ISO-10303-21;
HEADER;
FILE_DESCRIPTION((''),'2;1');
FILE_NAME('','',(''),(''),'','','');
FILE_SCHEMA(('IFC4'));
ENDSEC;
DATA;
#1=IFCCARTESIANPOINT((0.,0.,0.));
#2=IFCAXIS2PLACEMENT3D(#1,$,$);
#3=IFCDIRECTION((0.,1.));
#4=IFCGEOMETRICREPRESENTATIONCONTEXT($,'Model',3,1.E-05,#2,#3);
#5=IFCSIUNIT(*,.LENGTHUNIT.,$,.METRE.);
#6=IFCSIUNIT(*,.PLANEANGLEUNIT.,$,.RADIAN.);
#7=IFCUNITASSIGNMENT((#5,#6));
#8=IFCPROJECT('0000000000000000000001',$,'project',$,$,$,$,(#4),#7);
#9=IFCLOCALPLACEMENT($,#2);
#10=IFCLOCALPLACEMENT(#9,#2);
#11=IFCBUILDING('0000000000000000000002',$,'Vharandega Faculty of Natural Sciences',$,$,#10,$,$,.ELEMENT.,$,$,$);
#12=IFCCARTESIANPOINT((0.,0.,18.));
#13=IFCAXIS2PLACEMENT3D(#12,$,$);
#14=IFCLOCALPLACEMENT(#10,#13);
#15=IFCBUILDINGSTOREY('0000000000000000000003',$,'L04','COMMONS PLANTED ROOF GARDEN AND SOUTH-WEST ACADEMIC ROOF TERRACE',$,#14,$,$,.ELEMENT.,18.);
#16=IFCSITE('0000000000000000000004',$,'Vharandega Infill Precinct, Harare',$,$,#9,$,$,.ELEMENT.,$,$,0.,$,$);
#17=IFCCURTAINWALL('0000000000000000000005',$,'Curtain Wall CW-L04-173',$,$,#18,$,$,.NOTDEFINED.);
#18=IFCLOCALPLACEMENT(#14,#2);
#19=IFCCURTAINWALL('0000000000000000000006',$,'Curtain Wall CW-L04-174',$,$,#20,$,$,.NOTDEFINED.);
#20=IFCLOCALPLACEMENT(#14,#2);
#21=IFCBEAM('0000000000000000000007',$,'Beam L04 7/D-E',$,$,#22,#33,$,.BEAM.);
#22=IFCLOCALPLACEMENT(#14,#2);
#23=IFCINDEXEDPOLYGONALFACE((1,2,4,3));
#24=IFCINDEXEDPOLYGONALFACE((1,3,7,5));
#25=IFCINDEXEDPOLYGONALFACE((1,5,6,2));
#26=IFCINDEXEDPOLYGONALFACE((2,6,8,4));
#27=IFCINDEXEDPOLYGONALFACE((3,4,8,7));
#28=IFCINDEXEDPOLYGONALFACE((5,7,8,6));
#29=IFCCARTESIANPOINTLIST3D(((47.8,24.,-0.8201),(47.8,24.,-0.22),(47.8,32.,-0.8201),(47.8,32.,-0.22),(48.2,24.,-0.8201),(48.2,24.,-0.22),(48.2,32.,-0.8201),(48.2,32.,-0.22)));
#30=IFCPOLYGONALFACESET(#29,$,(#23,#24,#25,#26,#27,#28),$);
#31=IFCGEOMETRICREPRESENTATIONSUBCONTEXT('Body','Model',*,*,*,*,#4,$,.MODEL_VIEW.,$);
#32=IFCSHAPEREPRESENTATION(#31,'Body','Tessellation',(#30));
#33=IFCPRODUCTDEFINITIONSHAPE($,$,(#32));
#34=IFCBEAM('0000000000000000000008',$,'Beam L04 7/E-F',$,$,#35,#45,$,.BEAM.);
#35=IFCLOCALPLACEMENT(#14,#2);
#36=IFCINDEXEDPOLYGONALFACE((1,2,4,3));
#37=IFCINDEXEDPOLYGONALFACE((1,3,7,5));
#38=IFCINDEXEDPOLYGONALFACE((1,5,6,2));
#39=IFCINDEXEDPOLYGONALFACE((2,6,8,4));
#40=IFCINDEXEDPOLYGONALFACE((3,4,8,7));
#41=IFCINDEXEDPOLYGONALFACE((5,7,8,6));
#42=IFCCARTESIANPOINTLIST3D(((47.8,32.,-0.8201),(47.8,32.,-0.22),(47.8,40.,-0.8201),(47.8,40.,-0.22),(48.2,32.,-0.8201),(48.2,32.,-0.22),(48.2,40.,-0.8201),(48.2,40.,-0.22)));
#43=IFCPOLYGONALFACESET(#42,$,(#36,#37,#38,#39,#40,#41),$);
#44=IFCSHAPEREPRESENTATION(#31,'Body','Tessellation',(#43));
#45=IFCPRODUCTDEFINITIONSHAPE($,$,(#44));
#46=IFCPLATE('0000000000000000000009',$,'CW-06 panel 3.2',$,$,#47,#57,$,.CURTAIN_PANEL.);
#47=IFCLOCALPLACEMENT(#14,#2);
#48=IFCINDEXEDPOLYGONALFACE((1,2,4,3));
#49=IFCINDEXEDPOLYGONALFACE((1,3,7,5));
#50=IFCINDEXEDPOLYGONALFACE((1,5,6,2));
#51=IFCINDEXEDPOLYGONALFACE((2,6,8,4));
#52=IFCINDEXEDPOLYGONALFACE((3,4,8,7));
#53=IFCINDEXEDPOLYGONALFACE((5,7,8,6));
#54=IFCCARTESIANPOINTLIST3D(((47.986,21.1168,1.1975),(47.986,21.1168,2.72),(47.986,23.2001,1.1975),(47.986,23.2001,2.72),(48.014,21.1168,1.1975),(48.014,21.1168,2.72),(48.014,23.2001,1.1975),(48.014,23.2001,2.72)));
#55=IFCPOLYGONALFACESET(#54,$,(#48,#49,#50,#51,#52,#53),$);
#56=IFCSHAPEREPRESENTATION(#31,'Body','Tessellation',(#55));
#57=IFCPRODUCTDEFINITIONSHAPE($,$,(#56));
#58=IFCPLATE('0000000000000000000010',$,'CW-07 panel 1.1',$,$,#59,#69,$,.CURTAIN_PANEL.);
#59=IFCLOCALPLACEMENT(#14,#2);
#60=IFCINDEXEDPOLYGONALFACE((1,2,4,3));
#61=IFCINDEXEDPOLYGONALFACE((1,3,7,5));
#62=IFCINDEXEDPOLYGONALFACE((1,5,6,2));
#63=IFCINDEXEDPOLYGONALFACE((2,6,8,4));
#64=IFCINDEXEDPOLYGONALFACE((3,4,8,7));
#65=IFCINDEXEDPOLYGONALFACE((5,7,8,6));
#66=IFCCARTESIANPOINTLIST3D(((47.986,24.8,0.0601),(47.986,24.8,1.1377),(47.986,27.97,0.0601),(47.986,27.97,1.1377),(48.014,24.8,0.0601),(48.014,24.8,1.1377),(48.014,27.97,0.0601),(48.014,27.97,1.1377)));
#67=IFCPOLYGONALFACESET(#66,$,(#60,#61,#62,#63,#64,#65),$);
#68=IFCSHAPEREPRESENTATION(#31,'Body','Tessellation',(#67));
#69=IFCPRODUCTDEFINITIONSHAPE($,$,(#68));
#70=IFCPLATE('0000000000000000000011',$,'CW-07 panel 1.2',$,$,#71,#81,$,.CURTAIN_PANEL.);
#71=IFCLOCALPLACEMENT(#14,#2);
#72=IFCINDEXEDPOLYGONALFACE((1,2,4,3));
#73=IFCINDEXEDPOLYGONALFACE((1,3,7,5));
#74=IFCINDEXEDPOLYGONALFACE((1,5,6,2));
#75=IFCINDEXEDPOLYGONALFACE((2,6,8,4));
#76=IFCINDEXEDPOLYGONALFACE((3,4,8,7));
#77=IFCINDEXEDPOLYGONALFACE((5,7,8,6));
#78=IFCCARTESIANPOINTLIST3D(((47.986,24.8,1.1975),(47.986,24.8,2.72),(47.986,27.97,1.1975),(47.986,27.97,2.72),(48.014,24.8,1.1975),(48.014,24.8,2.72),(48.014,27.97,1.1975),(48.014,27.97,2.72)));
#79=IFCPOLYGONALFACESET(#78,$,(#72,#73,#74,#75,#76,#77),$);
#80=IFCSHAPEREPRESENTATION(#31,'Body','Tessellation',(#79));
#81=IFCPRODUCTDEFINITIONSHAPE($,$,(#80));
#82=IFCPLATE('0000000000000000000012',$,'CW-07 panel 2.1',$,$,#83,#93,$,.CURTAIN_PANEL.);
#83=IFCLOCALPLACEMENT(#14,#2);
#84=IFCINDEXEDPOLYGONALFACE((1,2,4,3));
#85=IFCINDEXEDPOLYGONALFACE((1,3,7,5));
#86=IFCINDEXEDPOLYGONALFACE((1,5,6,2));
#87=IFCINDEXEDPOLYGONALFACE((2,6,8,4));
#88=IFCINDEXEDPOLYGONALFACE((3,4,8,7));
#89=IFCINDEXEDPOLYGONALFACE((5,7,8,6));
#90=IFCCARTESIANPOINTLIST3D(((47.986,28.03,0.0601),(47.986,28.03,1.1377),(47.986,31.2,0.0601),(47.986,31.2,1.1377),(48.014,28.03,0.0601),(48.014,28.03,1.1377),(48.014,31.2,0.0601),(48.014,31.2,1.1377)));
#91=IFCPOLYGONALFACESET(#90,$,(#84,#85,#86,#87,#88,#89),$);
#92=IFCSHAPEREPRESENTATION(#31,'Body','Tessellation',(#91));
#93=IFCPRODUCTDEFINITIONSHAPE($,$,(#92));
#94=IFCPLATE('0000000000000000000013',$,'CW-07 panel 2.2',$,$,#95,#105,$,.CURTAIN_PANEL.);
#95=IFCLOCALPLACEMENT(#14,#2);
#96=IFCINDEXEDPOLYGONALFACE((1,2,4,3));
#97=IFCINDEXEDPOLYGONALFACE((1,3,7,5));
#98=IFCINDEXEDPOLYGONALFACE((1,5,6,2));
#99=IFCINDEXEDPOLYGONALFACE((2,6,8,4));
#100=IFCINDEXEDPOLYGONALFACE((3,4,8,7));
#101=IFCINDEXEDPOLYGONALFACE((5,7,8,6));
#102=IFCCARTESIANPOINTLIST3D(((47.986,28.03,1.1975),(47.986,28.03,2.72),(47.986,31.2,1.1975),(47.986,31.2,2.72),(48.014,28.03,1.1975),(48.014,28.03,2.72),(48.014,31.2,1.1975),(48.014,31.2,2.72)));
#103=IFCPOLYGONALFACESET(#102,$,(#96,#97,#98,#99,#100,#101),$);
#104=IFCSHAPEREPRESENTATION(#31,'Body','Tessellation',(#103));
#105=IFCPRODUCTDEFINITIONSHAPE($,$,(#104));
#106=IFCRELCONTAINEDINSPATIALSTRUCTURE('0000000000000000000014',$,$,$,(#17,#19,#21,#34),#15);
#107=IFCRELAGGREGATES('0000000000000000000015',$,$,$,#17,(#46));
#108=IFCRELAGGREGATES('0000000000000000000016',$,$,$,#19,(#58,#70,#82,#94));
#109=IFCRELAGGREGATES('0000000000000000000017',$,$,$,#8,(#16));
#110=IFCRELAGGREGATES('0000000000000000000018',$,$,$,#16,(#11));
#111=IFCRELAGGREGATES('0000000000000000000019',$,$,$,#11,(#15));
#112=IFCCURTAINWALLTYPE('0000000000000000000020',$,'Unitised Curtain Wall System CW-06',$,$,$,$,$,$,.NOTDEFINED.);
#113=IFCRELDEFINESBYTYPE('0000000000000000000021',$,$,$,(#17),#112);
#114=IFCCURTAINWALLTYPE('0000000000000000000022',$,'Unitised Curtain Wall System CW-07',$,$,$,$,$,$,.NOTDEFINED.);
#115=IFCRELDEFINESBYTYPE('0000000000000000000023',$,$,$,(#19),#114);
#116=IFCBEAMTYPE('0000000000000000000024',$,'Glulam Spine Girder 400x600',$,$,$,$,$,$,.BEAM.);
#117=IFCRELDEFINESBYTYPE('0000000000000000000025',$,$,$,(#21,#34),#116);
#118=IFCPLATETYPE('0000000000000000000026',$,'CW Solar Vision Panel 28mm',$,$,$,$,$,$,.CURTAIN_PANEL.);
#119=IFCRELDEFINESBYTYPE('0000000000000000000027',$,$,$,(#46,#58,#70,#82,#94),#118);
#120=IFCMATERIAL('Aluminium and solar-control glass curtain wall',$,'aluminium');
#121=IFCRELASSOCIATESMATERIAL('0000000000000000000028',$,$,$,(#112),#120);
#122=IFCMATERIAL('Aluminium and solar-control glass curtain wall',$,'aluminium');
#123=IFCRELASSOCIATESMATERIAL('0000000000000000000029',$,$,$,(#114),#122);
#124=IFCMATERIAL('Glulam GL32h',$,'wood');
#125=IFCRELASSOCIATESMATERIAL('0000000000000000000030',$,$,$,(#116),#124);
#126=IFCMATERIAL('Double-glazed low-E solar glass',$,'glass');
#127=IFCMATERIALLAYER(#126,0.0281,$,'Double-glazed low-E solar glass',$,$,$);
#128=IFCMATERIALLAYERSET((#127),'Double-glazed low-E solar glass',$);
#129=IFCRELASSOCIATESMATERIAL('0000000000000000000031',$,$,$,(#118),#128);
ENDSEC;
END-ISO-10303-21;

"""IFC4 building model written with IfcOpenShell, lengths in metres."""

from ifc_helpers import new_model, si_unit, direction, frame, origin, origin_2d, place, context, subcontext, project, spatial, rectangle, extrude, material, layer, layer_set, material_profile, profile_set, type_object, element, aggregate, save


model = new_model("IFC4")

# Units and contexts
model_context = context("Model", 3, precision=1e-05, world=origin(), true_north=direction((0.0, 1.0)))
body_context = subcontext(model_context, "Body", "Model", "MODEL_VIEW")
ifc_project = project(units=[si_unit("LENGTHUNIT", "METRE"), si_unit("PLANEANGLEUNIT", "RADIAN")], contexts=[model_context])

# Site, building, storey
site_placement = place(None, origin())
site = spatial("IfcSite", under=ifc_project, at=site_placement, Name="Vharandega Infill Precinct, Harare", CompositionType="ELEMENT", RefElevation=0.0)
building_placement = place(site_placement, origin())
building = spatial("IfcBuilding", under=site, at=building_placement, Name="Vharandega Faculty of Natural Sciences", CompositionType="ELEMENT")
storey_placement = place(building_placement, frame((0.0, 0.0, 18.0)))
storey = spatial("IfcBuildingStorey", under=building, at=storey_placement, Name="L04", Description="COMMONS PLANTED ROOF GARDEN AND SOUTH-WEST ACADEMIC ROOF TERRACE", CompositionType="ELEMENT", Elevation=18.0)

# Curtain wall
ifc_material_1 = material(Name="Aluminium and solar-control glass curtain wall", Category="aluminium")
curtain_wall_type_1 = type_object("IfcCurtainWallType", Name="Unitised Curtain Wall System CW-06", PredefinedType="NOTDEFINED", material=ifc_material_1)
curtain_wall_1_placement = place(storey_placement, origin())
curtain_wall_1 = element("IfcCurtainWall", 1, at=curtain_wall_1_placement, inside=storey, type_object=curtain_wall_type_1, Name="Curtain Wall CW-L04-173", PredefinedType="NOTDEFINED")

# Curtain wall
ifc_material_2 = material(Name="Aluminium and solar-control glass curtain wall", Category="aluminium")
curtain_wall_type_2 = type_object("IfcCurtainWallType", Name="Unitised Curtain Wall System CW-07", PredefinedType="NOTDEFINED", material=ifc_material_2)
curtain_wall_2_placement = place(storey_placement, origin())
curtain_wall_2 = element("IfcCurtainWall", 2, at=curtain_wall_2_placement, inside=storey, type_object=curtain_wall_type_2, Name="Curtain Wall CW-L04-174", PredefinedType="NOTDEFINED")

# Beams
ifc_material_3 = material(Name="Glulam GL32h", Category="wood")
ifc_material_profile_1 = material_profile(ifc_material_3, rectangle(XDim=0.3999, YDim=0.6001, at=origin_2d()), Name="GL32h 400x600")
ifc_profile_set_1 = profile_set([ifc_material_profile_1], Name="Glulam GL32h")
beam_type = type_object("IfcBeamType", Name="Glulam Spine Girder 400x600", PredefinedType="BEAM", material=ifc_profile_set_1)
for number, where, z_axis, x_axis, name in (
    (3, (48.0, 24.0, -0.52), (0.0, 1.0, 0.0), (-1.0, 0.0, 0.0), "Beam L04 7/D-E"),
    (4, (48.0, 32.0, -0.52), (0.0, 1.0, 0.0), (-1.0, 0.0, 0.0), "Beam L04 7/E-F"),
):
    element("IfcBeam", number, at=place(storey_placement, frame(where, z_axis=z_axis, x_axis=x_axis)), inside=storey, type_object=beam_type, Name=name, PredefinedType="BEAM", context=body_context, shape_type="SweptSolid", body=[
        extrude(rectangle(XDim=0.3999, YDim=0.6001, at=origin_2d()), origin(), (0.0, 0.0, 1.0), 8.0),
    ])

# Plates
ifc_material_4 = material(Name="Double-glazed low-E solar glass", Category="glass")
ifc_layer = layer(ifc_material_4, 0.0281, Name="Double-glazed low-E solar glass")
ifc_layer_set = layer_set([ifc_layer], Name="Double-glazed low-E solar glass")
plate_type = type_object("IfcPlateType", Name="CW Solar Vision Panel 28mm", PredefinedType="CURTAIN_PANEL", material=ifc_layer_set)
plate_1_placement = place(storey_placement, frame((48.0, 22.1584, 1.1975), z_axis=(0.0, 0.0, 1.0), x_axis=(0.0, 1.0, 0.0)))
plate_1 = element("IfcPlate", 5, at=plate_1_placement, type_object=plate_type, Name="CW-06 panel 3.2", PredefinedType="CURTAIN_PANEL", context=body_context, shape_type="SweptSolid", body=[
    extrude(rectangle(XDim=2.0833, YDim=0.0281, at=origin_2d()), origin(), (0.0, 0.0, 1.0), 1.5225),
])
aggregate(curtain_wall_1, [plate_1])
plate_2_placement = place(storey_placement, frame((48.0, 26.385, 0.0601), z_axis=(0.0, 0.0, 1.0), x_axis=(0.0, 1.0, 0.0)))
plate_2 = element("IfcPlate", 6, at=plate_2_placement, type_object=plate_type, Name="CW-07 panel 1.1", PredefinedType="CURTAIN_PANEL", context=body_context, shape_type="SweptSolid", body=[
    extrude(rectangle(XDim=3.1699, YDim=0.0281, at=origin_2d()), origin(), (0.0, 0.0, 1.0), 1.0776),
])
plate_3_placement = place(storey_placement, frame((48.0, 26.385, 1.1975), z_axis=(0.0, 0.0, 1.0), x_axis=(0.0, 1.0, 0.0)))
plate_3 = element("IfcPlate", 7, at=plate_3_placement, type_object=plate_type, Name="CW-07 panel 1.2", PredefinedType="CURTAIN_PANEL", context=body_context, shape_type="SweptSolid", body=[
    extrude(rectangle(XDim=3.1699, YDim=0.0281, at=origin_2d()), origin(), (0.0, 0.0, 1.0), 1.5225),
])
plate_4_placement = place(storey_placement, frame((48.0, 29.615, 0.0601), z_axis=(0.0, 0.0, 1.0), x_axis=(0.0, 1.0, 0.0)))
plate_4 = element("IfcPlate", 8, at=plate_4_placement, type_object=plate_type, Name="CW-07 panel 2.1", PredefinedType="CURTAIN_PANEL", context=body_context, shape_type="SweptSolid", body=[
    extrude(rectangle(XDim=3.1699, YDim=0.0281, at=origin_2d()), origin(), (0.0, 0.0, 1.0), 1.0776),
])
plate_5_placement = place(storey_placement, frame((48.0, 29.615, 1.1975), z_axis=(0.0, 0.0, 1.0), x_axis=(0.0, 1.0, 0.0)))
plate_5 = element("IfcPlate", 9, at=plate_5_placement, type_object=plate_type, Name="CW-07 panel 2.2", PredefinedType="CURTAIN_PANEL", context=body_context, shape_type="SweptSolid", body=[
    extrude(rectangle(XDim=3.1699, YDim=0.0281, at=origin_2d()), origin(), (0.0, 0.0, 1.0), 1.5225),
])
aggregate(curtain_wall_2, [plate_2, plate_3, plate_4, plate_5])

save(model, "model.ifc")
